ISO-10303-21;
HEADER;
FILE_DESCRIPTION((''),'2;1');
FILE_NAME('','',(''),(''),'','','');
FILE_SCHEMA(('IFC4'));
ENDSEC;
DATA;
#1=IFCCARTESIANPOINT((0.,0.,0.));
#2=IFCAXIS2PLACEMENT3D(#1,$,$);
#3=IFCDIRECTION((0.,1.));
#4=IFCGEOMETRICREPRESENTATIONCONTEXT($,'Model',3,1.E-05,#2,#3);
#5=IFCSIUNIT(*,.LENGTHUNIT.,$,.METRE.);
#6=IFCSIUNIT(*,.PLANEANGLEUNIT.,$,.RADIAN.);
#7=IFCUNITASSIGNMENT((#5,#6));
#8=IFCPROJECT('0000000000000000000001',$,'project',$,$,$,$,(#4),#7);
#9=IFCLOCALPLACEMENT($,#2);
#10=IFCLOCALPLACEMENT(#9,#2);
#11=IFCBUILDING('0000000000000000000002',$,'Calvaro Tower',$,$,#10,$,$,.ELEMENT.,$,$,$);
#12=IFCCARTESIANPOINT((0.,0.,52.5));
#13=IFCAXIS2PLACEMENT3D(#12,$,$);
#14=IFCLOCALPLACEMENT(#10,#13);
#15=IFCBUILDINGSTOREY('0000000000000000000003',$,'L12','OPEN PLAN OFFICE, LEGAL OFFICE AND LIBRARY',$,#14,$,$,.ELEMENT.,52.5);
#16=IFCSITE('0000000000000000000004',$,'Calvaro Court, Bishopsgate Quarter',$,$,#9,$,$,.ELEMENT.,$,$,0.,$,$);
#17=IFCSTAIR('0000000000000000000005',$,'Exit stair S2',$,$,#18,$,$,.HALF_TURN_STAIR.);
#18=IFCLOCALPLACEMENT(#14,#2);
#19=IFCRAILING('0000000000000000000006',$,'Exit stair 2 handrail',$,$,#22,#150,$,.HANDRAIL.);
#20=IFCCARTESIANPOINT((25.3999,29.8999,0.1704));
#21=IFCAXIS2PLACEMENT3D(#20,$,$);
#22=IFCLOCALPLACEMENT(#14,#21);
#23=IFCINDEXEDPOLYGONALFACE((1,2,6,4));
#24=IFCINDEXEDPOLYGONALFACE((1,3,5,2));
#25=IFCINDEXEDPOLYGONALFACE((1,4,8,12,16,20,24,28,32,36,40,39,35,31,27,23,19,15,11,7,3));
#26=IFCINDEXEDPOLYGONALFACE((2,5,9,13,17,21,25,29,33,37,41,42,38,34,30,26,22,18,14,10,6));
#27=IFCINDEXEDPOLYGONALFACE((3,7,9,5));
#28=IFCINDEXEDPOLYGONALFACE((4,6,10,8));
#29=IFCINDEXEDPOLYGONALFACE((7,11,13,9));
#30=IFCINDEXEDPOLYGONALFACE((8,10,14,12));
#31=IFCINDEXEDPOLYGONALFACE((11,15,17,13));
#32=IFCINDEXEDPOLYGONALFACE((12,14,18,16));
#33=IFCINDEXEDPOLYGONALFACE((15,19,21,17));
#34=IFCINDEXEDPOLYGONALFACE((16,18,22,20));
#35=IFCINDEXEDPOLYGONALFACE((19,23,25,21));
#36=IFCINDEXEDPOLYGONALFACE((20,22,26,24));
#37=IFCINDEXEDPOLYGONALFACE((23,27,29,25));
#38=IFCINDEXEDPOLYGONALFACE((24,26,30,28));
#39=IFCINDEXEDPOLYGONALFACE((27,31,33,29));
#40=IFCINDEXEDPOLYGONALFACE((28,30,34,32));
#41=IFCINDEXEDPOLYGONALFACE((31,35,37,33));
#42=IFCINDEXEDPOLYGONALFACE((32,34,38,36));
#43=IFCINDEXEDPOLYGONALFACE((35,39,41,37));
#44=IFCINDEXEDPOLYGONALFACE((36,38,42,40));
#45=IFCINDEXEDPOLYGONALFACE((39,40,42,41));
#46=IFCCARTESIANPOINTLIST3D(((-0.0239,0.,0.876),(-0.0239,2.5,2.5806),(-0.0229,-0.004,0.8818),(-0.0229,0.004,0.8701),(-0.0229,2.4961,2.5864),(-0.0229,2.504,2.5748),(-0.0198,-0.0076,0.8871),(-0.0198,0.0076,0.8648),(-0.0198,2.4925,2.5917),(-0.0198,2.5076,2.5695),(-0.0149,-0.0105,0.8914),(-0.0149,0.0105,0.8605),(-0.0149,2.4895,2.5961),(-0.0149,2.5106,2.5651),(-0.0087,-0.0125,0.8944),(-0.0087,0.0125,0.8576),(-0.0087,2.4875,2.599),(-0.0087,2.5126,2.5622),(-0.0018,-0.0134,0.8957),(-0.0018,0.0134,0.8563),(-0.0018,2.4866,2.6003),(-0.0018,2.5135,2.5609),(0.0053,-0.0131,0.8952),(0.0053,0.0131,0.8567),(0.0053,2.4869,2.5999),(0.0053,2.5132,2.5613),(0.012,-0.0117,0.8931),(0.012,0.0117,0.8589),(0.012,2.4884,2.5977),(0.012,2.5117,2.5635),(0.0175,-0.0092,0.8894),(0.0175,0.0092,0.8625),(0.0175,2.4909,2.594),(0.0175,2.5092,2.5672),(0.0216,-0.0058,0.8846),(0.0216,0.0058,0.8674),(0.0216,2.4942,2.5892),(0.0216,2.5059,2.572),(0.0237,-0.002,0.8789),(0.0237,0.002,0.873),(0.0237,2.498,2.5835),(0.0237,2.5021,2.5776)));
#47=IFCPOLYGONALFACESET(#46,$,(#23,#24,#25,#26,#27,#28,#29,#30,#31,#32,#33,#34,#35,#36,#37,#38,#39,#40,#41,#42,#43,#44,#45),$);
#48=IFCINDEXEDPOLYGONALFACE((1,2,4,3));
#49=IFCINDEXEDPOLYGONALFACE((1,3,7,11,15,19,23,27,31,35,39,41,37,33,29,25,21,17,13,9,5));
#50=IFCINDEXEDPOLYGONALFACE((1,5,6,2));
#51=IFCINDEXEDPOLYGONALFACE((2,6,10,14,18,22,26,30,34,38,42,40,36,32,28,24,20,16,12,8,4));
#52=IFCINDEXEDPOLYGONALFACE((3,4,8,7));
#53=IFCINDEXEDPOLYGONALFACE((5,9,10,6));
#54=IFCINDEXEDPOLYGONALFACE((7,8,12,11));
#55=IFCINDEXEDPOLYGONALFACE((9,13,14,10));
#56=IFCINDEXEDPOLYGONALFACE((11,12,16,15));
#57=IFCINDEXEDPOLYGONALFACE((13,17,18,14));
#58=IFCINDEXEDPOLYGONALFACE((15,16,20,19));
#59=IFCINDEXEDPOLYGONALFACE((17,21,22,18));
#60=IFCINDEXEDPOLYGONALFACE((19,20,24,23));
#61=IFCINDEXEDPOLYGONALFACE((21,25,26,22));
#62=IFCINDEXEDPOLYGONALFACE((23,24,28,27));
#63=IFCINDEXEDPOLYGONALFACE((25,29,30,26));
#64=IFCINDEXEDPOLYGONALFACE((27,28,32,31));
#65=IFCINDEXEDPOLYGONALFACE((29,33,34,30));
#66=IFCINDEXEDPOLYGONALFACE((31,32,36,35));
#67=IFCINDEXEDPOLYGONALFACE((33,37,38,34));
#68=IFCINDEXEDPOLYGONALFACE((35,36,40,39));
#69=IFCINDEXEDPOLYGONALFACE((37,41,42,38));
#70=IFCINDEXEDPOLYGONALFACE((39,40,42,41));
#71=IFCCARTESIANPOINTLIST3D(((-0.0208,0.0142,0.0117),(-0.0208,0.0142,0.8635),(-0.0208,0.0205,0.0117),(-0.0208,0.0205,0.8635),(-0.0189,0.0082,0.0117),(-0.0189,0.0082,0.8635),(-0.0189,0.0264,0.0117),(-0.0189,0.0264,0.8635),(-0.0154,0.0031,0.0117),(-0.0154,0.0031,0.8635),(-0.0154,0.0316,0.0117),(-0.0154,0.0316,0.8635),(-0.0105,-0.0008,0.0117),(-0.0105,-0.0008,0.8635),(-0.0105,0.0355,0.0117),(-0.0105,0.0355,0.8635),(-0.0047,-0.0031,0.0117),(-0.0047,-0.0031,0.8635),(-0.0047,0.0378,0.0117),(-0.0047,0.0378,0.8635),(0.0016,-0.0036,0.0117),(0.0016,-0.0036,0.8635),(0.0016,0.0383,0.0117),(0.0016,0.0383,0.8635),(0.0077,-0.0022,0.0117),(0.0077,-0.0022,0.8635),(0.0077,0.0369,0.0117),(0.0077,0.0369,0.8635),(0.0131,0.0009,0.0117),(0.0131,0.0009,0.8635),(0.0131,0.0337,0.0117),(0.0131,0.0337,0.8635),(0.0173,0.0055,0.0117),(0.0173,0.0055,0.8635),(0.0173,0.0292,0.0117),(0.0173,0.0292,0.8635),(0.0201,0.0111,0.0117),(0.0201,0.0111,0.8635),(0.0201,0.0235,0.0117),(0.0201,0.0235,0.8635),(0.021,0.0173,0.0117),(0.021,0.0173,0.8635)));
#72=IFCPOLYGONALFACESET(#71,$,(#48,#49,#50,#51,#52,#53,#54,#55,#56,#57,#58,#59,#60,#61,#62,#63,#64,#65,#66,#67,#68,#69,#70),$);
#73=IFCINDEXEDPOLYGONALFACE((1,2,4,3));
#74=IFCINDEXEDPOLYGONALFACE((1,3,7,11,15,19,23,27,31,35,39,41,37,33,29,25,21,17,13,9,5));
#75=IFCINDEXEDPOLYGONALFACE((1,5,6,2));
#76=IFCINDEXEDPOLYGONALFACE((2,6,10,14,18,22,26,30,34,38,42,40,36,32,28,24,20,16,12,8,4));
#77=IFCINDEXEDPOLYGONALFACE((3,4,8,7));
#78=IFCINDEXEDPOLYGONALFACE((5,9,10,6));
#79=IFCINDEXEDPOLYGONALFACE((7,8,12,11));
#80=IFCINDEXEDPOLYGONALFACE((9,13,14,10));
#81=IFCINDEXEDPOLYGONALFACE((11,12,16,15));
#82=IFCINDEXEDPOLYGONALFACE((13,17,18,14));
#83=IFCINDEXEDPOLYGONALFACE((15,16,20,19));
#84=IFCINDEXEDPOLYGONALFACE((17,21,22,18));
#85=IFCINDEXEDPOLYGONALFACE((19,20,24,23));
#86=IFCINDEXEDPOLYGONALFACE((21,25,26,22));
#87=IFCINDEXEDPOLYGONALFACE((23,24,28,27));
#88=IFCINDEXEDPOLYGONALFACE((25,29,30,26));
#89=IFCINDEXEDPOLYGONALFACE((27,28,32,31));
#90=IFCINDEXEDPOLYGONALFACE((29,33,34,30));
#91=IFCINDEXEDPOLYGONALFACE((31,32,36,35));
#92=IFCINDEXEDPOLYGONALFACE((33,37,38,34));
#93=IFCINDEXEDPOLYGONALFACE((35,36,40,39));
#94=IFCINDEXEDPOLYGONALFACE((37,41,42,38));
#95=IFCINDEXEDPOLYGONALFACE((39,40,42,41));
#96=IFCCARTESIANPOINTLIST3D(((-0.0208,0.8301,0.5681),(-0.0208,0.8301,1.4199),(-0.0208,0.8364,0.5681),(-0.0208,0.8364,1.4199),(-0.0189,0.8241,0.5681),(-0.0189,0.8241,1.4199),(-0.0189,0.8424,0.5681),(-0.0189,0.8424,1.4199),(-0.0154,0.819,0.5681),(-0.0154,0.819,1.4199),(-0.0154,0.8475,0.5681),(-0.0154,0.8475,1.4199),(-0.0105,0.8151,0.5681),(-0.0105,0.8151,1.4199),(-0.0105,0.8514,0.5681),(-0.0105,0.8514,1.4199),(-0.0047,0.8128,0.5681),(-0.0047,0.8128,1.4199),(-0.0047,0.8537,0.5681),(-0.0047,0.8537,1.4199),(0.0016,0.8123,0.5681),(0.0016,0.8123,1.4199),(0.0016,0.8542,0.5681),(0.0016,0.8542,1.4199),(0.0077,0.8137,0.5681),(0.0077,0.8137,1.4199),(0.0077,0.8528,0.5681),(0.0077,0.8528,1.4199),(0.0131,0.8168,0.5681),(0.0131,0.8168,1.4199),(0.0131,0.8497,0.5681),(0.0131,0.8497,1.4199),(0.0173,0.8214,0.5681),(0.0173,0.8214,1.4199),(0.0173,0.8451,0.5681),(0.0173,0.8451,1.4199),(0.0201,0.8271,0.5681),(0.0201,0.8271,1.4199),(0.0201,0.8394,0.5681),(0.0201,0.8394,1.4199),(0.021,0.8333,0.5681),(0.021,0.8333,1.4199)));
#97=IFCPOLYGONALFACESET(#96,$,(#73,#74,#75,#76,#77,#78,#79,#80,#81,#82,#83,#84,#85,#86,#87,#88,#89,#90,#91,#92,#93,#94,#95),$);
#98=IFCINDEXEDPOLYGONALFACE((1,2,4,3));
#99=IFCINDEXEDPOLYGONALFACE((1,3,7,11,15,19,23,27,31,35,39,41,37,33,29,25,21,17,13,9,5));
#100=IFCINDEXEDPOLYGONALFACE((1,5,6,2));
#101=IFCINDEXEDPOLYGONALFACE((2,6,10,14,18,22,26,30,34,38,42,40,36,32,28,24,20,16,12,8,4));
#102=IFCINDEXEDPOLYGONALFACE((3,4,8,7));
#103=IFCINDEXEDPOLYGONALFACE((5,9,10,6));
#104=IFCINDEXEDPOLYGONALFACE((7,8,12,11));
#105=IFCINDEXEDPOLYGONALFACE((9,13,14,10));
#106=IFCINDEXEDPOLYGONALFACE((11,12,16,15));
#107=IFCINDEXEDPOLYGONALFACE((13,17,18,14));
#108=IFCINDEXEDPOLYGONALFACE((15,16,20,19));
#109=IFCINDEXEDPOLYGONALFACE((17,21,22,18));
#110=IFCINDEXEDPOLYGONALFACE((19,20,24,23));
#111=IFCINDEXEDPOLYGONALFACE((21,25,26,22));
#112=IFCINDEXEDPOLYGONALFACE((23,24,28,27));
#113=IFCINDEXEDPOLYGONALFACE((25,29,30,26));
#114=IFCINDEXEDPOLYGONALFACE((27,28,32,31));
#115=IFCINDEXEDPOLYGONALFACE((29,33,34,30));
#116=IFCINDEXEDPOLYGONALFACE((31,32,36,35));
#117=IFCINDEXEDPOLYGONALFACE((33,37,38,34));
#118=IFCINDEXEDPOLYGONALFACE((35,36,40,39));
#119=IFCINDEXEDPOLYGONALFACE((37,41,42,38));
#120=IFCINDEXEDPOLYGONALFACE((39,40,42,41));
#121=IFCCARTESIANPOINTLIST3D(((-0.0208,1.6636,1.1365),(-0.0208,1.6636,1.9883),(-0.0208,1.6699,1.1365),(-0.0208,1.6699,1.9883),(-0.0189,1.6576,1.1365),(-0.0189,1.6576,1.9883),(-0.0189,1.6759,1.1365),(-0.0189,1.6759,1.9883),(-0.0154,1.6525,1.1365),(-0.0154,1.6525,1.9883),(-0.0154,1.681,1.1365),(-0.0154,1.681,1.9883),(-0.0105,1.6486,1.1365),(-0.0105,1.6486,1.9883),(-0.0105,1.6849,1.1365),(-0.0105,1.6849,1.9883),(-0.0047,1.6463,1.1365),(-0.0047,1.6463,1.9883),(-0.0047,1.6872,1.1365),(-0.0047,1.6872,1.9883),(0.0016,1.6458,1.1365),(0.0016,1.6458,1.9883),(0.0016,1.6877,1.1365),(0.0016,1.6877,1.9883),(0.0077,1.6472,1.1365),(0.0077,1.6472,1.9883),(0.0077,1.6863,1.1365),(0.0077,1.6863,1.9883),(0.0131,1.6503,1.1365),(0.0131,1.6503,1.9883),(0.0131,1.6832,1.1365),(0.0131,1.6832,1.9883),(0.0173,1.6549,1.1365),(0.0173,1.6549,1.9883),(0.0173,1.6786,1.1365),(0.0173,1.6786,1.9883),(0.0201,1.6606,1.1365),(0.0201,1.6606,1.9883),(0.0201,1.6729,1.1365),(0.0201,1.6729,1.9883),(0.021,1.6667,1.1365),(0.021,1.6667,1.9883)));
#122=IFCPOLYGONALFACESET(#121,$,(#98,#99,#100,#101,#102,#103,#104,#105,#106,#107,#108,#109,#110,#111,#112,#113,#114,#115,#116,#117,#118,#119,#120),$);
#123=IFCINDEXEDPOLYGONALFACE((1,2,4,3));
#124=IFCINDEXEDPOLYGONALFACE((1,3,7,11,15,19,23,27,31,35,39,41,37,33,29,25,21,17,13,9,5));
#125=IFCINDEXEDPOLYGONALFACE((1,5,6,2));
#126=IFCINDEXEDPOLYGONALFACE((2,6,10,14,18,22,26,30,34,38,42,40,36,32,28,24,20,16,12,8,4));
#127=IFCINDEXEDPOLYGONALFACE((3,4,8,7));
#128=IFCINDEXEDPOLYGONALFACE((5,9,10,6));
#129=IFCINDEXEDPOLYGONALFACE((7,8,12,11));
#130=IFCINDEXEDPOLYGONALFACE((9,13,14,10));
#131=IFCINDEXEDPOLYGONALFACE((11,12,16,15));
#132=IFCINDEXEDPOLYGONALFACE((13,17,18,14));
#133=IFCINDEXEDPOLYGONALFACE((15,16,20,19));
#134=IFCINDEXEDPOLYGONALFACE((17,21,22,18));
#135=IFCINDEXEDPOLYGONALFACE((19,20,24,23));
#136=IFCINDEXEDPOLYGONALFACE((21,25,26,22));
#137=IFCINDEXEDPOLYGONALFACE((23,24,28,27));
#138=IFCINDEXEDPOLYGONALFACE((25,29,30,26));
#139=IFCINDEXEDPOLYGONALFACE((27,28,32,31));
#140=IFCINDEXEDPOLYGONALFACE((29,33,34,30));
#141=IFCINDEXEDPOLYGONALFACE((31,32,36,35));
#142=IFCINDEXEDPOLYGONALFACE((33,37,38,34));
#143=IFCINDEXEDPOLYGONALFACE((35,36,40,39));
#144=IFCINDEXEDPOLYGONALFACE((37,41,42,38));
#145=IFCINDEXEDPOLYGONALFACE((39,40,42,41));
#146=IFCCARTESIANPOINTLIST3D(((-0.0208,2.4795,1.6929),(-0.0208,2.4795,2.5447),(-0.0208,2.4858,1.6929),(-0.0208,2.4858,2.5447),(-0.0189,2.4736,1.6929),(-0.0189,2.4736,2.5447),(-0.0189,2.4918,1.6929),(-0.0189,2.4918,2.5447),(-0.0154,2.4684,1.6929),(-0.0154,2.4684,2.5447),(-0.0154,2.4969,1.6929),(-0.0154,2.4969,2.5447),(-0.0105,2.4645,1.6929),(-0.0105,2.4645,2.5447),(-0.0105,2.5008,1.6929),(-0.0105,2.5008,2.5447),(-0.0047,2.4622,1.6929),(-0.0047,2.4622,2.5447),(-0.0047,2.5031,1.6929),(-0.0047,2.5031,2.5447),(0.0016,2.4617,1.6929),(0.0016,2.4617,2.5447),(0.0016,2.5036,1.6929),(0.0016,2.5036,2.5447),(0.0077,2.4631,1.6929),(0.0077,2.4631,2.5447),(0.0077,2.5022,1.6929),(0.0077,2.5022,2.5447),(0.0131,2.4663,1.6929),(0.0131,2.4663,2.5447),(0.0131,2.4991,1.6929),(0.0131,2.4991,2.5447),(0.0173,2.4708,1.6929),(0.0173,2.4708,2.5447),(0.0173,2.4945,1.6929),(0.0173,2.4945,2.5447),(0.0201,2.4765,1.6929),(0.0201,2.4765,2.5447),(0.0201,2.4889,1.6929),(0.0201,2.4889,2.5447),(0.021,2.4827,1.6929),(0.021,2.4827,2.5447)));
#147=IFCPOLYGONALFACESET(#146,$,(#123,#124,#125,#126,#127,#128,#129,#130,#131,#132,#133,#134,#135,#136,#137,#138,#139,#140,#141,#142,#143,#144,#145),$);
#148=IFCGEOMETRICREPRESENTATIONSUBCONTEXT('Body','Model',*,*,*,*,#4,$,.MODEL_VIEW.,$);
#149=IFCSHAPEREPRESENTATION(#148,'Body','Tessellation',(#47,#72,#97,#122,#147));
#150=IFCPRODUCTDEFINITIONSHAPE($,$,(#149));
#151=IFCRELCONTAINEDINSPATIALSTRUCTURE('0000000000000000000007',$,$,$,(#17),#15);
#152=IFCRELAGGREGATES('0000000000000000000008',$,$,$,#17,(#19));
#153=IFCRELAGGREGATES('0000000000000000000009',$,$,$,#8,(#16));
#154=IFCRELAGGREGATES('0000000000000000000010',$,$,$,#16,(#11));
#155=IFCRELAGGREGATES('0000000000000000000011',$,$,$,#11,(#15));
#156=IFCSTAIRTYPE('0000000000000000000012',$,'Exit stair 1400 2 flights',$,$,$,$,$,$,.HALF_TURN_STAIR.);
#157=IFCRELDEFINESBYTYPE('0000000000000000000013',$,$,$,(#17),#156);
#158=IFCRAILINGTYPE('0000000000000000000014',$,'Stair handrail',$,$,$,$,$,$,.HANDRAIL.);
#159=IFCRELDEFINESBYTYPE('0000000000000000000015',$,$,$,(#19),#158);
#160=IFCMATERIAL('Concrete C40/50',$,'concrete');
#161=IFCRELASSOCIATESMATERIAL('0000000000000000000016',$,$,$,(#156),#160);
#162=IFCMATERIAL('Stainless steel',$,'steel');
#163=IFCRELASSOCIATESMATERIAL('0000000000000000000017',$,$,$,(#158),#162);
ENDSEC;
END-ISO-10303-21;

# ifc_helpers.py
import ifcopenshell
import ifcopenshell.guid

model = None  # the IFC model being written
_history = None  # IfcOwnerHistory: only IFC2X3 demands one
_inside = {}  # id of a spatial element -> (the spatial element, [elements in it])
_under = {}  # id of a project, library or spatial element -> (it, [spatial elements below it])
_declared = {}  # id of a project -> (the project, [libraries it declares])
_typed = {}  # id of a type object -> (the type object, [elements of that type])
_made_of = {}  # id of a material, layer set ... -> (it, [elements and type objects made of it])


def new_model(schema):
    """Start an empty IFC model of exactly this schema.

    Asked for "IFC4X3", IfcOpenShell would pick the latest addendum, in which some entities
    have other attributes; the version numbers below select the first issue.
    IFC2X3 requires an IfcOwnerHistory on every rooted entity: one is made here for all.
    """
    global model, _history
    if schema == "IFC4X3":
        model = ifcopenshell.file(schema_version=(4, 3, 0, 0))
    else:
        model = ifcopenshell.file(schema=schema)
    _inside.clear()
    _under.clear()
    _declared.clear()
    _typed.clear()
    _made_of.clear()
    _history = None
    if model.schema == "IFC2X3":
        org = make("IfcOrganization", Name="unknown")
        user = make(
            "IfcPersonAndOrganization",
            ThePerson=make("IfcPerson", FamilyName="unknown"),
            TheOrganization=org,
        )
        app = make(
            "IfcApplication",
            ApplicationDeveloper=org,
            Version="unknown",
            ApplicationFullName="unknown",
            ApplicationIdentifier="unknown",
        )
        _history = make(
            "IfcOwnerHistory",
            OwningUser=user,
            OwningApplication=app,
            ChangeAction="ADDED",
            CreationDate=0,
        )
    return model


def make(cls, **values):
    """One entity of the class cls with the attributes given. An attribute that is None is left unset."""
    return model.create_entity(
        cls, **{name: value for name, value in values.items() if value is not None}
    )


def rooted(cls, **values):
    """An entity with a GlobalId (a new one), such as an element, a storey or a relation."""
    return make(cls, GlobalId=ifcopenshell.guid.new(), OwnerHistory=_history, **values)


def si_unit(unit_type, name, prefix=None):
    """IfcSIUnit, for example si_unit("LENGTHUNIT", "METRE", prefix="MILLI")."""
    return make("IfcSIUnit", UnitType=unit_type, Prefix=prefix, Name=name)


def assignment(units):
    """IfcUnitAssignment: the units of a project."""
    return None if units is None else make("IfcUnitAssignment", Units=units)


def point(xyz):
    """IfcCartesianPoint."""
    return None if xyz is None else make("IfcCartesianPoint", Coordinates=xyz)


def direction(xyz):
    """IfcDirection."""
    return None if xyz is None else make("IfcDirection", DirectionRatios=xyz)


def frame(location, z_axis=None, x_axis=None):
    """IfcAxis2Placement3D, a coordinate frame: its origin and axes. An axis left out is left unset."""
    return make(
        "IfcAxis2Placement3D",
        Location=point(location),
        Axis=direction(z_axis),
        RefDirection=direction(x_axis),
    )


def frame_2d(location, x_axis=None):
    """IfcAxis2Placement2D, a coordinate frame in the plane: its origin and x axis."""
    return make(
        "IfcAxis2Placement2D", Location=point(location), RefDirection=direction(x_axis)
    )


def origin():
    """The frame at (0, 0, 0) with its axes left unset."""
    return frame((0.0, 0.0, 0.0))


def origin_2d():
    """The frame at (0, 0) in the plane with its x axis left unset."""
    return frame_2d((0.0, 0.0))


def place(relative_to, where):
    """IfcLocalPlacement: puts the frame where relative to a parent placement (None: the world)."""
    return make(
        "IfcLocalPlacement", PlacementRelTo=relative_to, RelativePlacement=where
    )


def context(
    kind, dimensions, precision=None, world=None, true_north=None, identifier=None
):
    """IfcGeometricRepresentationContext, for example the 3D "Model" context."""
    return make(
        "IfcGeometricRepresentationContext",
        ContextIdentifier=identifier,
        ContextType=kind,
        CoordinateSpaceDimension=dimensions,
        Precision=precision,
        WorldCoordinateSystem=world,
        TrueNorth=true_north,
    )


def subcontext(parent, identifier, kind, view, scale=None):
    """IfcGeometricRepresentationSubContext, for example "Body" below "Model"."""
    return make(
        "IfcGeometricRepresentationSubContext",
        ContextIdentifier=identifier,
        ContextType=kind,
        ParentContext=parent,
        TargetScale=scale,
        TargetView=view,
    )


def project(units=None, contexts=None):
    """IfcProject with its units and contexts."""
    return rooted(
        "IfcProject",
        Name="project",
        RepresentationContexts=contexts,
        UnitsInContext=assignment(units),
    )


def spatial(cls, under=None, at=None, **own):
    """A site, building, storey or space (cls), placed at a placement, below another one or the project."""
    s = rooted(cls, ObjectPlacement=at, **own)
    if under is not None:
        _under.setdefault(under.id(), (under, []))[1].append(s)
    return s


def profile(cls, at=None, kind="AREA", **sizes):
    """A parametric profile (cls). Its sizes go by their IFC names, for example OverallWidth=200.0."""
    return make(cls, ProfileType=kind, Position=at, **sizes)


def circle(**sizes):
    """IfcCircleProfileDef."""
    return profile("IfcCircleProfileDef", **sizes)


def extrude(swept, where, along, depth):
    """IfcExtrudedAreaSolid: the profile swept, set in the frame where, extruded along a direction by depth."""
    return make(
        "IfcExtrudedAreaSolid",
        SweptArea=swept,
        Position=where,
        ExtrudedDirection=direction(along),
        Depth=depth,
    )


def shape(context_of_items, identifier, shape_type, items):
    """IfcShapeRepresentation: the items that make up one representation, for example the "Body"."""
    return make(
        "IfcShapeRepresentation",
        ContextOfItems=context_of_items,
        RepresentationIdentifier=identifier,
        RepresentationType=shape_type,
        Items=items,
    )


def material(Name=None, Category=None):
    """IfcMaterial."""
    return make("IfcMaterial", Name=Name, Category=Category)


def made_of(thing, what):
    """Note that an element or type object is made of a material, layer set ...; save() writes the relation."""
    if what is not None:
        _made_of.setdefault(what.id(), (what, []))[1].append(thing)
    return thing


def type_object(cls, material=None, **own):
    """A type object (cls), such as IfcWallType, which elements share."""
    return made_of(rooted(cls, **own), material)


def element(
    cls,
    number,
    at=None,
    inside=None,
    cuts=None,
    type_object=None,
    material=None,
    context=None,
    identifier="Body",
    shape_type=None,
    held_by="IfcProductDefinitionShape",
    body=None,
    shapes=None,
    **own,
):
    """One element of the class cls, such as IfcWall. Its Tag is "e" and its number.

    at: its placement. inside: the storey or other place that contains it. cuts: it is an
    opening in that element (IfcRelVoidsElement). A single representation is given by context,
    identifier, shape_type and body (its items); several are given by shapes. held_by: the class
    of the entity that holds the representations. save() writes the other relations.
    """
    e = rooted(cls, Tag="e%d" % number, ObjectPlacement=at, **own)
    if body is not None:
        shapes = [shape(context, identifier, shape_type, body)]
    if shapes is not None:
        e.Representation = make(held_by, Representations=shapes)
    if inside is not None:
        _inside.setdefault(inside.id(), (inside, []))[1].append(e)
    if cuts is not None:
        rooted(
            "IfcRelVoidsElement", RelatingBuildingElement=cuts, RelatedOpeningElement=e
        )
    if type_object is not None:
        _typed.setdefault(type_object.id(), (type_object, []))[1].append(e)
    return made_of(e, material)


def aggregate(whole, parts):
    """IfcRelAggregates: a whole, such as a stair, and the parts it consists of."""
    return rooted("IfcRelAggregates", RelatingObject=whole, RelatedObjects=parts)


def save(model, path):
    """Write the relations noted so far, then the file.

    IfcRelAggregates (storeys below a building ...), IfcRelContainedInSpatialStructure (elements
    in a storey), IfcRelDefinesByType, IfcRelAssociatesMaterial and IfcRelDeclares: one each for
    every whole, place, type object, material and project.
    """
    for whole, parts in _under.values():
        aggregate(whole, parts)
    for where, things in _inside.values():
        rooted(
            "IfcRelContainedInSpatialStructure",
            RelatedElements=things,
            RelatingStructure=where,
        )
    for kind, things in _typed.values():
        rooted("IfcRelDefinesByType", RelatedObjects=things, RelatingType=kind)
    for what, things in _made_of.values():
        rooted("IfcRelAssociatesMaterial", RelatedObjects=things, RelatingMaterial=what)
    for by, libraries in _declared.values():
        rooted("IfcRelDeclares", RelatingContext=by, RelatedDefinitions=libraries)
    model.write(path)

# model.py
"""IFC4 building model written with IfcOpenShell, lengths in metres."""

from ifc_helpers import new_model, si_unit, direction, frame, origin, origin_2d, place, context, subcontext, project, spatial, circle, extrude, material, type_object, element, aggregate, save


model = new_model("IFC4")

# Units and contexts
model_context = context("Model", 3, precision=1e-05, world=origin(), true_north=direction((0.0, 1.0)))
body_context = subcontext(model_context, "Body", "Model", "MODEL_VIEW")
ifc_project = project(units=[si_unit("LENGTHUNIT", "METRE"), si_unit("PLANEANGLEUNIT", "RADIAN")], contexts=[model_context])

# Site, building, storey
site_placement = place(None, origin())
site = spatial("IfcSite", under=ifc_project, at=site_placement, Name="Calvaro Court, Bishopsgate Quarter", CompositionType="ELEMENT", RefElevation=0.0)
building_placement = place(site_placement, origin())
building = spatial("IfcBuilding", under=site, at=building_placement, Name="Calvaro Tower", CompositionType="ELEMENT")
storey_placement = place(building_placement, frame((0.0, 0.0, 52.5)))
storey = spatial("IfcBuildingStorey", under=building, at=storey_placement, Name="L12", Description="OPEN PLAN OFFICE, LEGAL OFFICE AND LIBRARY", CompositionType="ELEMENT", Elevation=52.5)

# Stair, railing
ifc_material_1 = material(Name="Concrete C40/50", Category="concrete")
stair_type = type_object("IfcStairType", Name="Exit stair 1400 2 flights", PredefinedType="HALF_TURN_STAIR", material=ifc_material_1)
stair_placement = place(storey_placement, origin())
stair = element("IfcStair", 1, at=stair_placement, inside=storey, type_object=stair_type, Name="Exit stair S2", PredefinedType="HALF_TURN_STAIR")
ifc_material_2 = material(Name="Stainless steel", Category="steel")
railing_type = type_object("IfcRailingType", Name="Stair handrail", PredefinedType="HANDRAIL", material=ifc_material_2)
railing_1_placement = place(storey_placement, frame((25.3999, 29.8999, 0.1704)))
railing_1 = element("IfcRailing", 2, at=railing_1_placement, type_object=railing_type, Name="Exit stair 2 handrail", PredefinedType="HANDRAIL", context=body_context, shape_type="SweptSolid", body=[
    extrude(circle(Radius=0.0239, at=origin_2d()), frame((0.0, 0.0, 0.876), z_axis=(0.0, 0.826221, 0.563347), x_axis=(-1.0, 0.0, 0.0)), (0.0, 0.0, 1.0), 3.0259),
    extrude(circle(Radius=0.021, at=origin_2d()), frame((0.0, 0.0173, 0.0117)), (0.0, 0.0, 1.0), 0.8518),
    extrude(circle(Radius=0.021, at=origin_2d()), frame((0.0, 0.8333, 0.5681)), (0.0, 0.0, 1.0), 0.8518),
    extrude(circle(Radius=0.021, at=origin_2d()), frame((0.0, 1.6667, 1.1365)), (0.0, 0.0, 1.0), 0.8518),
    extrude(circle(Radius=0.021, at=origin_2d()), frame((0.0, 2.4827, 1.6929)), (0.0, 0.0, 1.0), 0.8518),
])
aggregate(stair, [railing_1])

save(model, "model.ifc")
